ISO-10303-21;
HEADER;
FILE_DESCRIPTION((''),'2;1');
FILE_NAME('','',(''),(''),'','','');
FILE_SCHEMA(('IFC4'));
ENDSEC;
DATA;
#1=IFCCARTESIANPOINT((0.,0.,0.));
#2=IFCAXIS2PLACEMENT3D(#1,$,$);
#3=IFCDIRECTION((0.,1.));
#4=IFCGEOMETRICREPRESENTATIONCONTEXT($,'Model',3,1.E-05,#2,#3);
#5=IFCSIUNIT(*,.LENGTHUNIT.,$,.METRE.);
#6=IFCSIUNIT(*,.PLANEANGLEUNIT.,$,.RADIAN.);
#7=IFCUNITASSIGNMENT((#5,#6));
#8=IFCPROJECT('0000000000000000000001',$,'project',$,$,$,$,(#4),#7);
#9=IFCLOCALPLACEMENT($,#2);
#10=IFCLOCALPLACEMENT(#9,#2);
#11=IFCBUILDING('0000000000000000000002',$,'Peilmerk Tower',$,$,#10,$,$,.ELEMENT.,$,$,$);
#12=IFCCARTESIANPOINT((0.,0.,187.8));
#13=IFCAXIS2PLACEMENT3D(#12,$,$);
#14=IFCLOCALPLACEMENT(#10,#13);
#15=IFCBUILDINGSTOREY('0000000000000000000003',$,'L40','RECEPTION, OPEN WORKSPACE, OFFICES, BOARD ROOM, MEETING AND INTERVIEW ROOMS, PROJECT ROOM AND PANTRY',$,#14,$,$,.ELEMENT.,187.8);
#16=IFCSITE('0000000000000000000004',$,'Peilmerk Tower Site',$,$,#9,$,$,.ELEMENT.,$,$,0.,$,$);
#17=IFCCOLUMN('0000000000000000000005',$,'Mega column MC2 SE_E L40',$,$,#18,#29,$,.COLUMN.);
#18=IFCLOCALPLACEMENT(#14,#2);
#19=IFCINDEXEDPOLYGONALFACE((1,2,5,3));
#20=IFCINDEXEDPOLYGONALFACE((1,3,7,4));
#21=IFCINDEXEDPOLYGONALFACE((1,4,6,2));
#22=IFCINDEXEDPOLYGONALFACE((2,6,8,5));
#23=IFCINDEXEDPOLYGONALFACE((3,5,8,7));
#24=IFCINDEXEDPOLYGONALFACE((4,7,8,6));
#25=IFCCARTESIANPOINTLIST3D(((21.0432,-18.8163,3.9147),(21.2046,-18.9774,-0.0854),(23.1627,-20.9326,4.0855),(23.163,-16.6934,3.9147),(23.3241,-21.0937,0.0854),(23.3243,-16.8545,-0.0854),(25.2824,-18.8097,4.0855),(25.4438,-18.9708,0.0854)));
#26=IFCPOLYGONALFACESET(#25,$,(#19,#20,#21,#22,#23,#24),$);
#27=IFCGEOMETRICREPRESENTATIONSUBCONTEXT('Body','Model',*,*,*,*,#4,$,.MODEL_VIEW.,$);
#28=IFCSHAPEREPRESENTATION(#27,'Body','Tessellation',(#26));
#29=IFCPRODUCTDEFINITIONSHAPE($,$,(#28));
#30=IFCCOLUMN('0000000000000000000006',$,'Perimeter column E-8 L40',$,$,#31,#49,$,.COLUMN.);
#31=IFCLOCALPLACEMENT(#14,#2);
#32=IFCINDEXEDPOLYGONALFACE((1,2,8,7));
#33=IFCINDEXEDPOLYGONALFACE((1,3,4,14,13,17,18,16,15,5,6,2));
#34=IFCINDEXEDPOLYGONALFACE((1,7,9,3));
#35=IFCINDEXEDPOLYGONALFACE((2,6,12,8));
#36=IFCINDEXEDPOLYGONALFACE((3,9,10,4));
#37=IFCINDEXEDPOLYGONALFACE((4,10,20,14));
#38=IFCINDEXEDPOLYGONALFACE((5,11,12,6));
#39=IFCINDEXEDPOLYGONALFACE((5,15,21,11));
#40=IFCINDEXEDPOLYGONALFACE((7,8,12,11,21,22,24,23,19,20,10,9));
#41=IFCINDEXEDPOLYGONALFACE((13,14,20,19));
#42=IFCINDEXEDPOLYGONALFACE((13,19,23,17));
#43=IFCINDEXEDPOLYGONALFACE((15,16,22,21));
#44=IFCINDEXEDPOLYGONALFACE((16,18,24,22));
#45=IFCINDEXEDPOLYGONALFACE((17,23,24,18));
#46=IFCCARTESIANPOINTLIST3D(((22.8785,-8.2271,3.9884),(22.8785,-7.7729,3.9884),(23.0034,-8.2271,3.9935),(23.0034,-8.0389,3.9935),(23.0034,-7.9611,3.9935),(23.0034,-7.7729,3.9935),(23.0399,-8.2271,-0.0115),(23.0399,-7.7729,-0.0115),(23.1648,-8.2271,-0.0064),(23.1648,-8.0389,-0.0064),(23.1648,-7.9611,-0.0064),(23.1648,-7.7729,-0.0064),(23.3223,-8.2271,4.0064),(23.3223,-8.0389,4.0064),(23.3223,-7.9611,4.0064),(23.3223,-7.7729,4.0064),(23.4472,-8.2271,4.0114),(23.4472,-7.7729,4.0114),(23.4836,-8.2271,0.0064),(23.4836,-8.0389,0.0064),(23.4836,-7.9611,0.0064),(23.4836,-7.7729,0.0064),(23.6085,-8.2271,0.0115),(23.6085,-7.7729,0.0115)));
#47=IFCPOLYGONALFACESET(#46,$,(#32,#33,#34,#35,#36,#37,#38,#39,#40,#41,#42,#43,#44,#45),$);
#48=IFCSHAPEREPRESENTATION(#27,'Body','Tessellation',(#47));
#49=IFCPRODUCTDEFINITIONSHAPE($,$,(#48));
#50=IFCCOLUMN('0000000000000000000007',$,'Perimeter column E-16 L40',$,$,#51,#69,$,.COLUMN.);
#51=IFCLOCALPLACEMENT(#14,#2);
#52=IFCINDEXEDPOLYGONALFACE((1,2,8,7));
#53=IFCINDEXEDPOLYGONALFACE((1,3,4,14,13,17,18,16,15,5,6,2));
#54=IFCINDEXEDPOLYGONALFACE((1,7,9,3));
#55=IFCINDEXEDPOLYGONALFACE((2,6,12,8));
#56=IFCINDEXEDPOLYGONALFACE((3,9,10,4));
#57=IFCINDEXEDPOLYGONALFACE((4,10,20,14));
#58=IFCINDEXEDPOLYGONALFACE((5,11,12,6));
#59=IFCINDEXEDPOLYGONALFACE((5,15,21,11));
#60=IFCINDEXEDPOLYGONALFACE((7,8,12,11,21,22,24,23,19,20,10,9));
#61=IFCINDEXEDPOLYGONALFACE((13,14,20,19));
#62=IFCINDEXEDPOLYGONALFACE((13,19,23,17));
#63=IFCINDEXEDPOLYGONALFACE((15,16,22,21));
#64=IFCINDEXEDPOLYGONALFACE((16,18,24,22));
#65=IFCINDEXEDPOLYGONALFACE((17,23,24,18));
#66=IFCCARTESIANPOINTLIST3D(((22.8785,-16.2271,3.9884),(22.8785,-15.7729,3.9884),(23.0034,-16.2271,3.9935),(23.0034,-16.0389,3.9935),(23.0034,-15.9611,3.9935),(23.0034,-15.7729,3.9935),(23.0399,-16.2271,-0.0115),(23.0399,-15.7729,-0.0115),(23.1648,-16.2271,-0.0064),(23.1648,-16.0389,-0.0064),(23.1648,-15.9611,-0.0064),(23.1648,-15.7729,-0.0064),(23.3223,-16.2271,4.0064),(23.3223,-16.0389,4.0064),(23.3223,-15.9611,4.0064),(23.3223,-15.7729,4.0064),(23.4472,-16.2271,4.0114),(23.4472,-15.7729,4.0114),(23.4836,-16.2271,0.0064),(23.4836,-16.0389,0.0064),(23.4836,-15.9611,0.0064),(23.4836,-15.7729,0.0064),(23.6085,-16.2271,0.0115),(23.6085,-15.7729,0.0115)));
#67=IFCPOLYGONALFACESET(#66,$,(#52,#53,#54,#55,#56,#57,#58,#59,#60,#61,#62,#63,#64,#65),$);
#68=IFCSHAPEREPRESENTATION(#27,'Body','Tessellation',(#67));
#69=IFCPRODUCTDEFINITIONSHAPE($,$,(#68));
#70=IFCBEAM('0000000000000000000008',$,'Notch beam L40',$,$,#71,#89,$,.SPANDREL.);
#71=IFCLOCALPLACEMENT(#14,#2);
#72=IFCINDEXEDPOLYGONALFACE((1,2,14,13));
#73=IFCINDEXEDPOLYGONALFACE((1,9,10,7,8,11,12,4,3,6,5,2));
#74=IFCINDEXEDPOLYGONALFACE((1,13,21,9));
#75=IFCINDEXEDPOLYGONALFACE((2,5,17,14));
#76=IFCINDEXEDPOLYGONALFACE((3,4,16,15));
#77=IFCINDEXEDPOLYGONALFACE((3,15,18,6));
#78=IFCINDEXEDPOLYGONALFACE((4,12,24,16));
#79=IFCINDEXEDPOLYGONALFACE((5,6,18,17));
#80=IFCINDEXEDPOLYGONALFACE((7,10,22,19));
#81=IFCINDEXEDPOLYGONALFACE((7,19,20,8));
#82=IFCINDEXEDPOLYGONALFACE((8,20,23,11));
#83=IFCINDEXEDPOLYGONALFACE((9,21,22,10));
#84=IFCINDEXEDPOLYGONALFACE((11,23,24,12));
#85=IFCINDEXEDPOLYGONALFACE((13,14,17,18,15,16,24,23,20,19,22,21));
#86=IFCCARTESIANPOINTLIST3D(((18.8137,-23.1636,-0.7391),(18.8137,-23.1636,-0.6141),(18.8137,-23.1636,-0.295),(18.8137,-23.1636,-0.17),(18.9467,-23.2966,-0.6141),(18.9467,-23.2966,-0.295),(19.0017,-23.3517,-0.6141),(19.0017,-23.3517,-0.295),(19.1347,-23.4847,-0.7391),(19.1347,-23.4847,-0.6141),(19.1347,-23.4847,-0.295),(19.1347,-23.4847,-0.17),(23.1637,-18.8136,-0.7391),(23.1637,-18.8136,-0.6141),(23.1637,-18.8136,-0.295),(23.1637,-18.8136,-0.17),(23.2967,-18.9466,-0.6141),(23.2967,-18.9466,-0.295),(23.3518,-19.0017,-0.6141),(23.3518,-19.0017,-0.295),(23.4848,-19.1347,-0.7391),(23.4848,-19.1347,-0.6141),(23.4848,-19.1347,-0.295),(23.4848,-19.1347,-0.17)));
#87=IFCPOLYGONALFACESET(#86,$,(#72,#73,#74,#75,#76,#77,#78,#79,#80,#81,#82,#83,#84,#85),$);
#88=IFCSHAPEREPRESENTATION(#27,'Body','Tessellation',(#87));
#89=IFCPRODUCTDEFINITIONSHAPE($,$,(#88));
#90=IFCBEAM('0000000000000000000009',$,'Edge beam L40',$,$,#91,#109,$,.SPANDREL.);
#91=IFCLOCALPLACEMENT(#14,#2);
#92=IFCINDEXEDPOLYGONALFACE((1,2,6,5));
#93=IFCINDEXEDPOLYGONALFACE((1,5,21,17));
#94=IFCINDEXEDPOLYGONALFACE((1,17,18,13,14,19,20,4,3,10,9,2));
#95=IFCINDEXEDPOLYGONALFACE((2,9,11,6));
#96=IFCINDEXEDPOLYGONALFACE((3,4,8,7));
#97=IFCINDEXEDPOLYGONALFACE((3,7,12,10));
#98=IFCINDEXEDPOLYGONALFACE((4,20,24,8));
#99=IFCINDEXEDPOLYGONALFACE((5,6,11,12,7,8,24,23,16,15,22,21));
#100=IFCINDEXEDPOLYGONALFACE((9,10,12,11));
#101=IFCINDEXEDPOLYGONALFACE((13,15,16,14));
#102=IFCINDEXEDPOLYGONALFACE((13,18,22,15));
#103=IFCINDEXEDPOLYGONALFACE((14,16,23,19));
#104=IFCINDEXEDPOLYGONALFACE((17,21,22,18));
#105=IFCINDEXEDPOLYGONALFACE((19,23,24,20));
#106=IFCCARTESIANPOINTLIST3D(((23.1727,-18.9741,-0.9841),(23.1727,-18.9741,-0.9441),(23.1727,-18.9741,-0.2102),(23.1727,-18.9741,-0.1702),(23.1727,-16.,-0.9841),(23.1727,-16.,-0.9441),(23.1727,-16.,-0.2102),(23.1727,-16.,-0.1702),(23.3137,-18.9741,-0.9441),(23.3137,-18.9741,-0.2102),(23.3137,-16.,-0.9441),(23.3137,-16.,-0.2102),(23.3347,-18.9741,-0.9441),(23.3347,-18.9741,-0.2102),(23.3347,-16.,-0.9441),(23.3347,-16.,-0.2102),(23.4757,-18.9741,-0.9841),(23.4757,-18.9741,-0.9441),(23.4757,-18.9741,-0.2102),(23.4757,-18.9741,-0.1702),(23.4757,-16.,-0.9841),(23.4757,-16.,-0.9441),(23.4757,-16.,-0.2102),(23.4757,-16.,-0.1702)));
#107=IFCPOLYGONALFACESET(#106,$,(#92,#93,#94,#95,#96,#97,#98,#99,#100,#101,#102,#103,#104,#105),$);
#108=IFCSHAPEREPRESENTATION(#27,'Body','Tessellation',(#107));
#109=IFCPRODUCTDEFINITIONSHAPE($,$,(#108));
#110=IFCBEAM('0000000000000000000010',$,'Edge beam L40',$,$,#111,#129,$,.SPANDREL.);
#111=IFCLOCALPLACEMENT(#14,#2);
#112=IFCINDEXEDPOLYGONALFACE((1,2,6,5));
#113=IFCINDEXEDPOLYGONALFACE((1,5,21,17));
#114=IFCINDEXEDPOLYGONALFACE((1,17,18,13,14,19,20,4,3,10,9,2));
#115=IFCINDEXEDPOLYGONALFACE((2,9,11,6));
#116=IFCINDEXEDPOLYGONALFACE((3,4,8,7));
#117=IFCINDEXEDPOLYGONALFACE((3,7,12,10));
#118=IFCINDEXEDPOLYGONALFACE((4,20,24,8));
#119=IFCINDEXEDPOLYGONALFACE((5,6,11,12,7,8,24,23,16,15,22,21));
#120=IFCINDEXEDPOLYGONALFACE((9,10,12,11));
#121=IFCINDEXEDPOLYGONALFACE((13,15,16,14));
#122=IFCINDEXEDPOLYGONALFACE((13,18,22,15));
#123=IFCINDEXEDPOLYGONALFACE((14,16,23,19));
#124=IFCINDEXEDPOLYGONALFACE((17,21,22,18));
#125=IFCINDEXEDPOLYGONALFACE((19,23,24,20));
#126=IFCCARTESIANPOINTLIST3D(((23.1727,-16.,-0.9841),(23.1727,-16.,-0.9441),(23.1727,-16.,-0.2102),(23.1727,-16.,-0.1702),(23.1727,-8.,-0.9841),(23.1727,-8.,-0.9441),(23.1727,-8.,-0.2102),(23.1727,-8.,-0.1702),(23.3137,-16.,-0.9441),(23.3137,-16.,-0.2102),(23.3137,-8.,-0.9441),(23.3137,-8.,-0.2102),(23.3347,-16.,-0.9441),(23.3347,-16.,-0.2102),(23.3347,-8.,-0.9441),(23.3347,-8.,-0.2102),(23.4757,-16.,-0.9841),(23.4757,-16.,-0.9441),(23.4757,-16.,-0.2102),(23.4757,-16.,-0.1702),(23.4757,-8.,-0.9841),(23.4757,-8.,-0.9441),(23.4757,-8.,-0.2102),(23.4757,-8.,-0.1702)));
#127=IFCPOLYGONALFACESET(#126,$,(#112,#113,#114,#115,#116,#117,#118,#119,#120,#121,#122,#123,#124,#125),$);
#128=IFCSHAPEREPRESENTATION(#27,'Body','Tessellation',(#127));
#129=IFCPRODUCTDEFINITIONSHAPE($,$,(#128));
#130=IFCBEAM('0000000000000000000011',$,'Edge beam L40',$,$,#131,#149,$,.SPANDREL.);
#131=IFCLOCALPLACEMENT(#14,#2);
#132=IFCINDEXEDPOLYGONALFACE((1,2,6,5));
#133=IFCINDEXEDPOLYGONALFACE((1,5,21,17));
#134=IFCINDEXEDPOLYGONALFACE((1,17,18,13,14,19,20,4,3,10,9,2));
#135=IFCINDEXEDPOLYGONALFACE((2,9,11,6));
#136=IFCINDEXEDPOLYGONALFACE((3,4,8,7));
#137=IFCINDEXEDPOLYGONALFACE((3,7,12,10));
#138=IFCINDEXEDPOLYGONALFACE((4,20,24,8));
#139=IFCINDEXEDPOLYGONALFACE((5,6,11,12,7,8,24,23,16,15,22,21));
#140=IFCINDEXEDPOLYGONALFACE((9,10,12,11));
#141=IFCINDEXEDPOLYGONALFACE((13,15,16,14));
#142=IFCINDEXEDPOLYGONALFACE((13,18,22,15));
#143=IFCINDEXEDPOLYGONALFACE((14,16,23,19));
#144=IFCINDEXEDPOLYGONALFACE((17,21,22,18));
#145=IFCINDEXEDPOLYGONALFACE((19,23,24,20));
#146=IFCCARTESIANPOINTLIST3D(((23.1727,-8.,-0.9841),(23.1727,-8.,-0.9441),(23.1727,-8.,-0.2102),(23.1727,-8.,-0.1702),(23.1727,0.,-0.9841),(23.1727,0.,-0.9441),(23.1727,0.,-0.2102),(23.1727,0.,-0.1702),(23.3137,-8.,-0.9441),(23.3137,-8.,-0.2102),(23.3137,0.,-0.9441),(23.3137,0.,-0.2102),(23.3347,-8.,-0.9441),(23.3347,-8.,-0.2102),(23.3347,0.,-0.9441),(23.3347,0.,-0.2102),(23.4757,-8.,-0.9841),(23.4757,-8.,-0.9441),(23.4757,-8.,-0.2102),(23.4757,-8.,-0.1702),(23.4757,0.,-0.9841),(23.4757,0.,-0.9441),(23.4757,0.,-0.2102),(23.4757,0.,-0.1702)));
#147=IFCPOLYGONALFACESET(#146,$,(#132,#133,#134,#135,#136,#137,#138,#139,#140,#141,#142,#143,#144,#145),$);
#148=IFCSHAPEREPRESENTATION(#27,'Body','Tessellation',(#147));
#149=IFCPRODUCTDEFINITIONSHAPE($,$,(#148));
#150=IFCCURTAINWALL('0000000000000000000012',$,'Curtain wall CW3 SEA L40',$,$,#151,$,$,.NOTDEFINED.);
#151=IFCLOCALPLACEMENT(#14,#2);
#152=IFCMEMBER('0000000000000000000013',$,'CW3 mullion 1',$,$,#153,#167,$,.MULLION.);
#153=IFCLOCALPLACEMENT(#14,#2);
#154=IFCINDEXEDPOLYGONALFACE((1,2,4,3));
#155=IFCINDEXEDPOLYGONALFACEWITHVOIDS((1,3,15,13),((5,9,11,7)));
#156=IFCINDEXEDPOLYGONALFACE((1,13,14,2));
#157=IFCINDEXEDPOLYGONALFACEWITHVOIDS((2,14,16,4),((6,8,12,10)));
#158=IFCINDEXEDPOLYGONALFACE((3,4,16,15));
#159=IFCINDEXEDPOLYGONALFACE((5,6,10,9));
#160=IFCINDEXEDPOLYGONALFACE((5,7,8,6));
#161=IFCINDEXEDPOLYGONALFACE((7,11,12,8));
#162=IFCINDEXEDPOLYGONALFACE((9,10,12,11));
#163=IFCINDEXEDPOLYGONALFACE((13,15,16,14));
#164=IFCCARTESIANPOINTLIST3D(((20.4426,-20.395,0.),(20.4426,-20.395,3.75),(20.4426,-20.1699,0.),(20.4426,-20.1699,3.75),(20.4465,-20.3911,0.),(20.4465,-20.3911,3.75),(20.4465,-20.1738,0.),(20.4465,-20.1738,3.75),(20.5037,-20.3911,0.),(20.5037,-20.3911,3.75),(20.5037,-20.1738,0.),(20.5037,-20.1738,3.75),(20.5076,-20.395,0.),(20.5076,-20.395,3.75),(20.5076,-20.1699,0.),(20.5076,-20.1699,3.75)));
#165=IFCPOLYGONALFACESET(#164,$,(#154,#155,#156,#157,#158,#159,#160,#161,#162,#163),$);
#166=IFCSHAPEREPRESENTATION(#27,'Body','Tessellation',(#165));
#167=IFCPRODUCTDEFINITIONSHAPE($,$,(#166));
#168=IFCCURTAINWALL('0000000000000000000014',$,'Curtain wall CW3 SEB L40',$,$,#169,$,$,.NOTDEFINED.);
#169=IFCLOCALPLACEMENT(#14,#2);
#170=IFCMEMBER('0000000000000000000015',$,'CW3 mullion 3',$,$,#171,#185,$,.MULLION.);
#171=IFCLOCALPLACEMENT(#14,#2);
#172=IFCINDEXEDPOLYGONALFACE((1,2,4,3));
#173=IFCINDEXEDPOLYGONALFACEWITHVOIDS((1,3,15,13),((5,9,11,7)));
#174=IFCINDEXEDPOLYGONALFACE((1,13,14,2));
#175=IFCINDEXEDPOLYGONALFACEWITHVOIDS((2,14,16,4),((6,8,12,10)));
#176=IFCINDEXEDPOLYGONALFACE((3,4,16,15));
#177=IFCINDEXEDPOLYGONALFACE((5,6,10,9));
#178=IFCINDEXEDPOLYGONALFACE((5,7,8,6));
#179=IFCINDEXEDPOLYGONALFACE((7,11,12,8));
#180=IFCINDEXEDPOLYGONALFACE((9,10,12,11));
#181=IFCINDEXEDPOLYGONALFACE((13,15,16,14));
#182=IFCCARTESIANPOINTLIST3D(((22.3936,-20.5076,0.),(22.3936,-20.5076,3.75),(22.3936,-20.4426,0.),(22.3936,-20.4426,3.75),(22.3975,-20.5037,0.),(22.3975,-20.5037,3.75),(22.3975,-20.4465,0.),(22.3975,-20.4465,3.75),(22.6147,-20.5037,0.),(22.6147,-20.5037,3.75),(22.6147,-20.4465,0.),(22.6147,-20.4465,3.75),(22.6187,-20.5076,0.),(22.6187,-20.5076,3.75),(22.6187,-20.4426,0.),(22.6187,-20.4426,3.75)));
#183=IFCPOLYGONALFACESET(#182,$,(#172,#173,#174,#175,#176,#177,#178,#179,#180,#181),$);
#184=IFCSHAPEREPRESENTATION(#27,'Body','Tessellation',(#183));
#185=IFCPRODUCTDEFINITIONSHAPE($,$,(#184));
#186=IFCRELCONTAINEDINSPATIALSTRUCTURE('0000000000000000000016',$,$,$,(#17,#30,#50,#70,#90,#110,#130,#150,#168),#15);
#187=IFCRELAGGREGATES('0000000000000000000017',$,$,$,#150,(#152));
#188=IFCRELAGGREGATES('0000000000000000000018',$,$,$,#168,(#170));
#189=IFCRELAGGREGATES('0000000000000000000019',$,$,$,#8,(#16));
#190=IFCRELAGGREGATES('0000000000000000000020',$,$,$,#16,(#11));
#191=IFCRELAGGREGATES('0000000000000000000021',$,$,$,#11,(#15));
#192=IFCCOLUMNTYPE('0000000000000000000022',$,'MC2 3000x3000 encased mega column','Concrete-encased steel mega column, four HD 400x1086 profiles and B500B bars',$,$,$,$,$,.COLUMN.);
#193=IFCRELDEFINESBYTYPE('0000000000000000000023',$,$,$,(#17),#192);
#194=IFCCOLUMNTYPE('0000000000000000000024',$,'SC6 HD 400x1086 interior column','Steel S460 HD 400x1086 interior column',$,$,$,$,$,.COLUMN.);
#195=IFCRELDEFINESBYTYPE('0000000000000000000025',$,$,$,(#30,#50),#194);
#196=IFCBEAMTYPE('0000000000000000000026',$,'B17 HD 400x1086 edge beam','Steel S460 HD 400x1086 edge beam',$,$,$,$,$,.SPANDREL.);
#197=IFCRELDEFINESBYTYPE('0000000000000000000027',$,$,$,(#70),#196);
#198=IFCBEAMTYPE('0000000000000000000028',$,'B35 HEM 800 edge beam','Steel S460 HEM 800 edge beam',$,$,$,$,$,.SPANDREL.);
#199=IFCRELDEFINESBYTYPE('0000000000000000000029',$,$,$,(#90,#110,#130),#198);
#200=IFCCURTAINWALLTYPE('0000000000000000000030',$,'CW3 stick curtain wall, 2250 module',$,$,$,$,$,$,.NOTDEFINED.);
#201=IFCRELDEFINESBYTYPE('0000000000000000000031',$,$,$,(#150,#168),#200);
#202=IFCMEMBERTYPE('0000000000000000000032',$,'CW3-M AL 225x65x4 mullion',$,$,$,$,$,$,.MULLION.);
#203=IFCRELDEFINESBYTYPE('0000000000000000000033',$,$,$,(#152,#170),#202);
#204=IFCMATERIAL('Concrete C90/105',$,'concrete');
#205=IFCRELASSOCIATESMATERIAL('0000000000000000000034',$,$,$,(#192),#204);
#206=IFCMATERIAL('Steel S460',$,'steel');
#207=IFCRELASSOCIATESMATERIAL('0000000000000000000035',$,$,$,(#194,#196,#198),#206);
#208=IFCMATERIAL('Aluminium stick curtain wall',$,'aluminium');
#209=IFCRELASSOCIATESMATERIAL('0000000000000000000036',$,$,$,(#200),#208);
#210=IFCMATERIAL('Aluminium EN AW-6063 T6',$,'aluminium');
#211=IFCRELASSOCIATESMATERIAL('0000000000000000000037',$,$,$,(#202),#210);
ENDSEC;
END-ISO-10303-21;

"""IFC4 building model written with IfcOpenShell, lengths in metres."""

from ifc_helpers import new_model, si_unit, direction, frame, origin, origin_2d, place, context, subcontext, project, spatial, rectangle, hollow_rectangle, i_section, extrude, material, material_profile, profile_set, type_object, element, aggregate, save


model = new_model("IFC4")

# Units and contexts
model_context = context("Model", 3, precision=1e-05, world=origin(), true_north=direction((0.0, 1.0)))
body_context = subcontext(model_context, "Body", "Model", "MODEL_VIEW")
ifc_project = project(units=[si_unit("LENGTHUNIT", "METRE"), si_unit("PLANEANGLEUNIT", "RADIAN")], contexts=[model_context])

# Site, building, storey
site_placement = place(None, origin())
site = spatial("IfcSite", under=ifc_project, at=site_placement, Name="Peilmerk Tower Site", CompositionType="ELEMENT", RefElevation=0.0)
building_placement = place(site_placement, origin())
building = spatial("IfcBuilding", under=site, at=building_placement, Name="Peilmerk Tower", CompositionType="ELEMENT")
storey_placement = place(building_placement, frame((0.0, 0.0, 187.8)))
storey = spatial("IfcBuildingStorey", under=building, at=storey_placement, Name="L40", Description="RECEPTION, OPEN WORKSPACE, OFFICES, BOARD ROOM, MEETING AND INTERVIEW ROOMS, PROJECT ROOM AND PANTRY", CompositionType="ELEMENT", Elevation=187.8)

# Columns
ifc_material_1 = material(Name="Concrete C90/105", Category="concrete")
ifc_material_profile_1 = material_profile(ifc_material_1, rectangle(XDim=3.0, YDim=3.0, at=origin_2d()), Name="RC 3000x3000")
ifc_profile_set_1 = profile_set([ifc_material_profile_1], Name="Concrete C90/105")
column_type_1 = type_object("IfcColumnType", Name="MC2 3000x3000 encased mega column", Description="Concrete-encased steel mega column, four HD 400x1086 profiles and B500B bars", PredefinedType="COLUMN", material=ifc_profile_set_1)
column_placement = place(storey_placement, frame((23.3242, -18.9741, 0.0), z_axis=(-0.040279, 0.040218, 0.998379), x_axis=(-0.706571, -0.707642, 0.0)))
element("IfcColumn", 1, at=column_placement, inside=storey, type_object=column_type_1, Name="Mega column MC2 SE_E L40", PredefinedType="COLUMN", context=body_context, shape_type="SweptSolid", body=[
    extrude(rectangle(XDim=3.0, YDim=3.0, at=origin_2d()), origin(), (0.0, 0.0, 1.0), 4.0066),
])
ifc_material_2 = material(Name="Steel S460", Category="steel")
ifc_material_profile_2 = material_profile(ifc_material_2, i_section(OverallWidth=0.4541, OverallDepth=0.5691, WebThickness=0.0779, FlangeThickness=0.125, at=origin_2d()), Name="HD 400x1086")
ifc_profile_set_2 = profile_set([ifc_material_profile_2], Name="Steel S460")
column_type_2 = type_object("IfcColumnType", Name="SC6 HD 400x1086 interior column", Description="Steel S460 HD 400x1086 interior column", PredefinedType="COLUMN", material=ifc_profile_set_2)
for number, where, z_axis, x_axis, name in (
    (2, (23.3242, -8.0, 0.0), (-0.040311, 0.0, 0.999187), (0.0, -1.0, 0.0), "Perimeter column E-8 L40"),
    (3, (23.3242, -16.0, 0.0), (-0.040311, 0.0, 0.999187), (0.0, -1.0, 0.0), "Perimeter column E-16 L40"),
):
    element("IfcColumn", number, at=place(storey_placement, frame(where, z_axis=z_axis, x_axis=x_axis)), inside=storey, type_object=column_type_2, Name=name, PredefinedType="COLUMN", context=body_context, shape_type="SweptSolid", body=[
        extrude(i_section(OverallWidth=0.4541, OverallDepth=0.5691, WebThickness=0.0779, FlangeThickness=0.125, at=origin_2d()), origin(), (0.0, 0.0, 1.0), 4.0032),
    ])

# Beams
ifc_material_profile_3 = material_profile(ifc_material_2, i_section(OverallWidth=0.4541, OverallDepth=0.5691, WebThickness=0.0779, FlangeThickness=0.125, at=origin_2d()), Name="HD 400x1086")
ifc_profile_set_3 = profile_set([ifc_material_profile_3], Name="Steel S460")
beam_type_1 = type_object("IfcBeamType", Name="B17 HD 400x1086 edge beam", Description="Steel S460 HD 400x1086 edge beam", PredefinedType="SPANDREL", material=ifc_profile_set_3)
beam_1_placement = place(storey_placement, frame((23.3242, -18.9741, -0.4546), z_axis=(-0.707107, -0.707107, 0.0), x_axis=(0.707107, -0.707107, 0.0)))
element("IfcBeam", 4, at=beam_1_placement, inside=storey, type_object=beam_type_1, Name="Notch beam L40", PredefinedType="SPANDREL", context=body_context, shape_type="SweptSolid", body=[
    extrude(i_section(OverallWidth=0.4541, OverallDepth=0.5691, WebThickness=0.0779, FlangeThickness=0.125, at=origin_2d()), origin(), (0.0, 0.0, 1.0), 6.1519),
])
ifc_material_profile_4 = material_profile(ifc_material_2, i_section(OverallWidth=0.303, OverallDepth=0.814, WebThickness=0.021, FlangeThickness=0.04, at=origin_2d()), Name="HEM 800")
ifc_profile_set_4 = profile_set([ifc_material_profile_4], Name="Steel S460")
beam_type_2 = type_object("IfcBeamType", Name="B35 HEM 800 edge beam", Description="Steel S460 HEM 800 edge beam", PredefinedType="SPANDREL", material=ifc_profile_set_4)
beam_2_placement = place(storey_placement, frame((23.3242, -18.9741, -0.5771), z_axis=(0.0, 1.0, 0.0), x_axis=(-1.0, 0.0, 0.0)))
element("IfcBeam", 5, at=beam_2_placement, inside=storey, type_object=beam_type_2, Name="Edge beam L40", PredefinedType="SPANDREL", context=body_context, shape_type="SweptSolid", body=[
    extrude(i_section(OverallWidth=0.303, OverallDepth=0.814, WebThickness=0.021, FlangeThickness=0.04, at=origin_2d()), origin(), (0.0, 0.0, 1.0), 2.9741),
])
for number, where, z_axis, x_axis, name in (
    (6, (23.3242, -16.0, -0.5771), (0.0, 1.0, 0.0), (-1.0, 0.0, 0.0), "Edge beam L40"),
    (7, (23.3242, -8.0, -0.5771), (0.0, 1.0, 0.0), (-1.0, 0.0, 0.0), "Edge beam L40"),
):
    element("IfcBeam", number, at=place(storey_placement, frame(where, z_axis=z_axis, x_axis=x_axis)), inside=storey, type_object=beam_type_2, Name=name, PredefinedType="SPANDREL", context=body_context, shape_type="SweptSolid", body=[
        extrude(i_section(OverallWidth=0.303, OverallDepth=0.814, WebThickness=0.021, FlangeThickness=0.04, at=origin_2d()), origin(), (0.0, 0.0, 1.0), 8.0),
    ])

# Curtain walls, members
ifc_material_3 = material(Name="Aluminium stick curtain wall", Category="aluminium")
curtain_wall_type = type_object("IfcCurtainWallType", Name="CW3 stick curtain wall, 2250 module", PredefinedType="NOTDEFINED", material=ifc_material_3)
curtain_wall_1_placement = place(storey_placement, origin())
curtain_wall_1 = element("IfcCurtainWall", 8, at=curtain_wall_1_placement, inside=storey, type_object=curtain_wall_type, Name="Curtain wall CW3 SEA L40", PredefinedType="NOTDEFINED")
ifc_material_4 = material(Name="Aluminium EN AW-6063 T6", Category="aluminium")
ifc_material_profile_5 = material_profile(ifc_material_4, hollow_rectangle(XDim=0.0649, YDim=0.2251, WallThickness=0.0039, at=origin_2d()), Name="AL 225x65x4")
ifc_profile_set_5 = profile_set([ifc_material_profile_5], Name="Aluminium EN AW-6063 T6")
member_type_1 = type_object("IfcMemberType", Name="CW3-M AL 225x65x4 mullion", PredefinedType="MULLION", material=ifc_profile_set_5)
member_1_placement = place(storey_placement, frame((20.4751, -20.2825, 0.0), z_axis=(0.0, 0.0, 1.0), x_axis=(1.0, 0.0, 0.0)))
member_1 = element("IfcMember", 9, at=member_1_placement, type_object=member_type_1, Name="CW3 mullion 1", PredefinedType="MULLION", context=body_context, shape_type="SweptSolid", body=[
    extrude(hollow_rectangle(XDim=0.0649, YDim=0.2251, WallThickness=0.0039, at=origin_2d()), origin(), (0.0, 0.0, 1.0), 3.75),
])
curtain_wall_2_placement = place(storey_placement, origin())
curtain_wall_2 = element("IfcCurtainWall", 10, at=curtain_wall_2_placement, inside=storey, type_object=curtain_wall_type, Name="Curtain wall CW3 SEB L40", PredefinedType="NOTDEFINED")
member_2_placement = place(storey_placement, frame((22.5061, -20.4751, 0.0), z_axis=(0.0, 0.0, 1.0), x_axis=(0.0, 1.0, 0.0)))
member_2 = element("IfcMember", 11, at=member_2_placement, type_object=member_type_1, Name="CW3 mullion 3", PredefinedType="MULLION", context=body_context, shape_type="SweptSolid", body=[
    extrude(hollow_rectangle(XDim=0.0649, YDim=0.2251, WallThickness=0.0039, at=origin_2d()), origin(), (0.0, 0.0, 1.0), 3.75),
])

aggregate(curtain_wall_1, [member_1])

aggregate(curtain_wall_2, [member_2])

save(model, "model.ifc")
